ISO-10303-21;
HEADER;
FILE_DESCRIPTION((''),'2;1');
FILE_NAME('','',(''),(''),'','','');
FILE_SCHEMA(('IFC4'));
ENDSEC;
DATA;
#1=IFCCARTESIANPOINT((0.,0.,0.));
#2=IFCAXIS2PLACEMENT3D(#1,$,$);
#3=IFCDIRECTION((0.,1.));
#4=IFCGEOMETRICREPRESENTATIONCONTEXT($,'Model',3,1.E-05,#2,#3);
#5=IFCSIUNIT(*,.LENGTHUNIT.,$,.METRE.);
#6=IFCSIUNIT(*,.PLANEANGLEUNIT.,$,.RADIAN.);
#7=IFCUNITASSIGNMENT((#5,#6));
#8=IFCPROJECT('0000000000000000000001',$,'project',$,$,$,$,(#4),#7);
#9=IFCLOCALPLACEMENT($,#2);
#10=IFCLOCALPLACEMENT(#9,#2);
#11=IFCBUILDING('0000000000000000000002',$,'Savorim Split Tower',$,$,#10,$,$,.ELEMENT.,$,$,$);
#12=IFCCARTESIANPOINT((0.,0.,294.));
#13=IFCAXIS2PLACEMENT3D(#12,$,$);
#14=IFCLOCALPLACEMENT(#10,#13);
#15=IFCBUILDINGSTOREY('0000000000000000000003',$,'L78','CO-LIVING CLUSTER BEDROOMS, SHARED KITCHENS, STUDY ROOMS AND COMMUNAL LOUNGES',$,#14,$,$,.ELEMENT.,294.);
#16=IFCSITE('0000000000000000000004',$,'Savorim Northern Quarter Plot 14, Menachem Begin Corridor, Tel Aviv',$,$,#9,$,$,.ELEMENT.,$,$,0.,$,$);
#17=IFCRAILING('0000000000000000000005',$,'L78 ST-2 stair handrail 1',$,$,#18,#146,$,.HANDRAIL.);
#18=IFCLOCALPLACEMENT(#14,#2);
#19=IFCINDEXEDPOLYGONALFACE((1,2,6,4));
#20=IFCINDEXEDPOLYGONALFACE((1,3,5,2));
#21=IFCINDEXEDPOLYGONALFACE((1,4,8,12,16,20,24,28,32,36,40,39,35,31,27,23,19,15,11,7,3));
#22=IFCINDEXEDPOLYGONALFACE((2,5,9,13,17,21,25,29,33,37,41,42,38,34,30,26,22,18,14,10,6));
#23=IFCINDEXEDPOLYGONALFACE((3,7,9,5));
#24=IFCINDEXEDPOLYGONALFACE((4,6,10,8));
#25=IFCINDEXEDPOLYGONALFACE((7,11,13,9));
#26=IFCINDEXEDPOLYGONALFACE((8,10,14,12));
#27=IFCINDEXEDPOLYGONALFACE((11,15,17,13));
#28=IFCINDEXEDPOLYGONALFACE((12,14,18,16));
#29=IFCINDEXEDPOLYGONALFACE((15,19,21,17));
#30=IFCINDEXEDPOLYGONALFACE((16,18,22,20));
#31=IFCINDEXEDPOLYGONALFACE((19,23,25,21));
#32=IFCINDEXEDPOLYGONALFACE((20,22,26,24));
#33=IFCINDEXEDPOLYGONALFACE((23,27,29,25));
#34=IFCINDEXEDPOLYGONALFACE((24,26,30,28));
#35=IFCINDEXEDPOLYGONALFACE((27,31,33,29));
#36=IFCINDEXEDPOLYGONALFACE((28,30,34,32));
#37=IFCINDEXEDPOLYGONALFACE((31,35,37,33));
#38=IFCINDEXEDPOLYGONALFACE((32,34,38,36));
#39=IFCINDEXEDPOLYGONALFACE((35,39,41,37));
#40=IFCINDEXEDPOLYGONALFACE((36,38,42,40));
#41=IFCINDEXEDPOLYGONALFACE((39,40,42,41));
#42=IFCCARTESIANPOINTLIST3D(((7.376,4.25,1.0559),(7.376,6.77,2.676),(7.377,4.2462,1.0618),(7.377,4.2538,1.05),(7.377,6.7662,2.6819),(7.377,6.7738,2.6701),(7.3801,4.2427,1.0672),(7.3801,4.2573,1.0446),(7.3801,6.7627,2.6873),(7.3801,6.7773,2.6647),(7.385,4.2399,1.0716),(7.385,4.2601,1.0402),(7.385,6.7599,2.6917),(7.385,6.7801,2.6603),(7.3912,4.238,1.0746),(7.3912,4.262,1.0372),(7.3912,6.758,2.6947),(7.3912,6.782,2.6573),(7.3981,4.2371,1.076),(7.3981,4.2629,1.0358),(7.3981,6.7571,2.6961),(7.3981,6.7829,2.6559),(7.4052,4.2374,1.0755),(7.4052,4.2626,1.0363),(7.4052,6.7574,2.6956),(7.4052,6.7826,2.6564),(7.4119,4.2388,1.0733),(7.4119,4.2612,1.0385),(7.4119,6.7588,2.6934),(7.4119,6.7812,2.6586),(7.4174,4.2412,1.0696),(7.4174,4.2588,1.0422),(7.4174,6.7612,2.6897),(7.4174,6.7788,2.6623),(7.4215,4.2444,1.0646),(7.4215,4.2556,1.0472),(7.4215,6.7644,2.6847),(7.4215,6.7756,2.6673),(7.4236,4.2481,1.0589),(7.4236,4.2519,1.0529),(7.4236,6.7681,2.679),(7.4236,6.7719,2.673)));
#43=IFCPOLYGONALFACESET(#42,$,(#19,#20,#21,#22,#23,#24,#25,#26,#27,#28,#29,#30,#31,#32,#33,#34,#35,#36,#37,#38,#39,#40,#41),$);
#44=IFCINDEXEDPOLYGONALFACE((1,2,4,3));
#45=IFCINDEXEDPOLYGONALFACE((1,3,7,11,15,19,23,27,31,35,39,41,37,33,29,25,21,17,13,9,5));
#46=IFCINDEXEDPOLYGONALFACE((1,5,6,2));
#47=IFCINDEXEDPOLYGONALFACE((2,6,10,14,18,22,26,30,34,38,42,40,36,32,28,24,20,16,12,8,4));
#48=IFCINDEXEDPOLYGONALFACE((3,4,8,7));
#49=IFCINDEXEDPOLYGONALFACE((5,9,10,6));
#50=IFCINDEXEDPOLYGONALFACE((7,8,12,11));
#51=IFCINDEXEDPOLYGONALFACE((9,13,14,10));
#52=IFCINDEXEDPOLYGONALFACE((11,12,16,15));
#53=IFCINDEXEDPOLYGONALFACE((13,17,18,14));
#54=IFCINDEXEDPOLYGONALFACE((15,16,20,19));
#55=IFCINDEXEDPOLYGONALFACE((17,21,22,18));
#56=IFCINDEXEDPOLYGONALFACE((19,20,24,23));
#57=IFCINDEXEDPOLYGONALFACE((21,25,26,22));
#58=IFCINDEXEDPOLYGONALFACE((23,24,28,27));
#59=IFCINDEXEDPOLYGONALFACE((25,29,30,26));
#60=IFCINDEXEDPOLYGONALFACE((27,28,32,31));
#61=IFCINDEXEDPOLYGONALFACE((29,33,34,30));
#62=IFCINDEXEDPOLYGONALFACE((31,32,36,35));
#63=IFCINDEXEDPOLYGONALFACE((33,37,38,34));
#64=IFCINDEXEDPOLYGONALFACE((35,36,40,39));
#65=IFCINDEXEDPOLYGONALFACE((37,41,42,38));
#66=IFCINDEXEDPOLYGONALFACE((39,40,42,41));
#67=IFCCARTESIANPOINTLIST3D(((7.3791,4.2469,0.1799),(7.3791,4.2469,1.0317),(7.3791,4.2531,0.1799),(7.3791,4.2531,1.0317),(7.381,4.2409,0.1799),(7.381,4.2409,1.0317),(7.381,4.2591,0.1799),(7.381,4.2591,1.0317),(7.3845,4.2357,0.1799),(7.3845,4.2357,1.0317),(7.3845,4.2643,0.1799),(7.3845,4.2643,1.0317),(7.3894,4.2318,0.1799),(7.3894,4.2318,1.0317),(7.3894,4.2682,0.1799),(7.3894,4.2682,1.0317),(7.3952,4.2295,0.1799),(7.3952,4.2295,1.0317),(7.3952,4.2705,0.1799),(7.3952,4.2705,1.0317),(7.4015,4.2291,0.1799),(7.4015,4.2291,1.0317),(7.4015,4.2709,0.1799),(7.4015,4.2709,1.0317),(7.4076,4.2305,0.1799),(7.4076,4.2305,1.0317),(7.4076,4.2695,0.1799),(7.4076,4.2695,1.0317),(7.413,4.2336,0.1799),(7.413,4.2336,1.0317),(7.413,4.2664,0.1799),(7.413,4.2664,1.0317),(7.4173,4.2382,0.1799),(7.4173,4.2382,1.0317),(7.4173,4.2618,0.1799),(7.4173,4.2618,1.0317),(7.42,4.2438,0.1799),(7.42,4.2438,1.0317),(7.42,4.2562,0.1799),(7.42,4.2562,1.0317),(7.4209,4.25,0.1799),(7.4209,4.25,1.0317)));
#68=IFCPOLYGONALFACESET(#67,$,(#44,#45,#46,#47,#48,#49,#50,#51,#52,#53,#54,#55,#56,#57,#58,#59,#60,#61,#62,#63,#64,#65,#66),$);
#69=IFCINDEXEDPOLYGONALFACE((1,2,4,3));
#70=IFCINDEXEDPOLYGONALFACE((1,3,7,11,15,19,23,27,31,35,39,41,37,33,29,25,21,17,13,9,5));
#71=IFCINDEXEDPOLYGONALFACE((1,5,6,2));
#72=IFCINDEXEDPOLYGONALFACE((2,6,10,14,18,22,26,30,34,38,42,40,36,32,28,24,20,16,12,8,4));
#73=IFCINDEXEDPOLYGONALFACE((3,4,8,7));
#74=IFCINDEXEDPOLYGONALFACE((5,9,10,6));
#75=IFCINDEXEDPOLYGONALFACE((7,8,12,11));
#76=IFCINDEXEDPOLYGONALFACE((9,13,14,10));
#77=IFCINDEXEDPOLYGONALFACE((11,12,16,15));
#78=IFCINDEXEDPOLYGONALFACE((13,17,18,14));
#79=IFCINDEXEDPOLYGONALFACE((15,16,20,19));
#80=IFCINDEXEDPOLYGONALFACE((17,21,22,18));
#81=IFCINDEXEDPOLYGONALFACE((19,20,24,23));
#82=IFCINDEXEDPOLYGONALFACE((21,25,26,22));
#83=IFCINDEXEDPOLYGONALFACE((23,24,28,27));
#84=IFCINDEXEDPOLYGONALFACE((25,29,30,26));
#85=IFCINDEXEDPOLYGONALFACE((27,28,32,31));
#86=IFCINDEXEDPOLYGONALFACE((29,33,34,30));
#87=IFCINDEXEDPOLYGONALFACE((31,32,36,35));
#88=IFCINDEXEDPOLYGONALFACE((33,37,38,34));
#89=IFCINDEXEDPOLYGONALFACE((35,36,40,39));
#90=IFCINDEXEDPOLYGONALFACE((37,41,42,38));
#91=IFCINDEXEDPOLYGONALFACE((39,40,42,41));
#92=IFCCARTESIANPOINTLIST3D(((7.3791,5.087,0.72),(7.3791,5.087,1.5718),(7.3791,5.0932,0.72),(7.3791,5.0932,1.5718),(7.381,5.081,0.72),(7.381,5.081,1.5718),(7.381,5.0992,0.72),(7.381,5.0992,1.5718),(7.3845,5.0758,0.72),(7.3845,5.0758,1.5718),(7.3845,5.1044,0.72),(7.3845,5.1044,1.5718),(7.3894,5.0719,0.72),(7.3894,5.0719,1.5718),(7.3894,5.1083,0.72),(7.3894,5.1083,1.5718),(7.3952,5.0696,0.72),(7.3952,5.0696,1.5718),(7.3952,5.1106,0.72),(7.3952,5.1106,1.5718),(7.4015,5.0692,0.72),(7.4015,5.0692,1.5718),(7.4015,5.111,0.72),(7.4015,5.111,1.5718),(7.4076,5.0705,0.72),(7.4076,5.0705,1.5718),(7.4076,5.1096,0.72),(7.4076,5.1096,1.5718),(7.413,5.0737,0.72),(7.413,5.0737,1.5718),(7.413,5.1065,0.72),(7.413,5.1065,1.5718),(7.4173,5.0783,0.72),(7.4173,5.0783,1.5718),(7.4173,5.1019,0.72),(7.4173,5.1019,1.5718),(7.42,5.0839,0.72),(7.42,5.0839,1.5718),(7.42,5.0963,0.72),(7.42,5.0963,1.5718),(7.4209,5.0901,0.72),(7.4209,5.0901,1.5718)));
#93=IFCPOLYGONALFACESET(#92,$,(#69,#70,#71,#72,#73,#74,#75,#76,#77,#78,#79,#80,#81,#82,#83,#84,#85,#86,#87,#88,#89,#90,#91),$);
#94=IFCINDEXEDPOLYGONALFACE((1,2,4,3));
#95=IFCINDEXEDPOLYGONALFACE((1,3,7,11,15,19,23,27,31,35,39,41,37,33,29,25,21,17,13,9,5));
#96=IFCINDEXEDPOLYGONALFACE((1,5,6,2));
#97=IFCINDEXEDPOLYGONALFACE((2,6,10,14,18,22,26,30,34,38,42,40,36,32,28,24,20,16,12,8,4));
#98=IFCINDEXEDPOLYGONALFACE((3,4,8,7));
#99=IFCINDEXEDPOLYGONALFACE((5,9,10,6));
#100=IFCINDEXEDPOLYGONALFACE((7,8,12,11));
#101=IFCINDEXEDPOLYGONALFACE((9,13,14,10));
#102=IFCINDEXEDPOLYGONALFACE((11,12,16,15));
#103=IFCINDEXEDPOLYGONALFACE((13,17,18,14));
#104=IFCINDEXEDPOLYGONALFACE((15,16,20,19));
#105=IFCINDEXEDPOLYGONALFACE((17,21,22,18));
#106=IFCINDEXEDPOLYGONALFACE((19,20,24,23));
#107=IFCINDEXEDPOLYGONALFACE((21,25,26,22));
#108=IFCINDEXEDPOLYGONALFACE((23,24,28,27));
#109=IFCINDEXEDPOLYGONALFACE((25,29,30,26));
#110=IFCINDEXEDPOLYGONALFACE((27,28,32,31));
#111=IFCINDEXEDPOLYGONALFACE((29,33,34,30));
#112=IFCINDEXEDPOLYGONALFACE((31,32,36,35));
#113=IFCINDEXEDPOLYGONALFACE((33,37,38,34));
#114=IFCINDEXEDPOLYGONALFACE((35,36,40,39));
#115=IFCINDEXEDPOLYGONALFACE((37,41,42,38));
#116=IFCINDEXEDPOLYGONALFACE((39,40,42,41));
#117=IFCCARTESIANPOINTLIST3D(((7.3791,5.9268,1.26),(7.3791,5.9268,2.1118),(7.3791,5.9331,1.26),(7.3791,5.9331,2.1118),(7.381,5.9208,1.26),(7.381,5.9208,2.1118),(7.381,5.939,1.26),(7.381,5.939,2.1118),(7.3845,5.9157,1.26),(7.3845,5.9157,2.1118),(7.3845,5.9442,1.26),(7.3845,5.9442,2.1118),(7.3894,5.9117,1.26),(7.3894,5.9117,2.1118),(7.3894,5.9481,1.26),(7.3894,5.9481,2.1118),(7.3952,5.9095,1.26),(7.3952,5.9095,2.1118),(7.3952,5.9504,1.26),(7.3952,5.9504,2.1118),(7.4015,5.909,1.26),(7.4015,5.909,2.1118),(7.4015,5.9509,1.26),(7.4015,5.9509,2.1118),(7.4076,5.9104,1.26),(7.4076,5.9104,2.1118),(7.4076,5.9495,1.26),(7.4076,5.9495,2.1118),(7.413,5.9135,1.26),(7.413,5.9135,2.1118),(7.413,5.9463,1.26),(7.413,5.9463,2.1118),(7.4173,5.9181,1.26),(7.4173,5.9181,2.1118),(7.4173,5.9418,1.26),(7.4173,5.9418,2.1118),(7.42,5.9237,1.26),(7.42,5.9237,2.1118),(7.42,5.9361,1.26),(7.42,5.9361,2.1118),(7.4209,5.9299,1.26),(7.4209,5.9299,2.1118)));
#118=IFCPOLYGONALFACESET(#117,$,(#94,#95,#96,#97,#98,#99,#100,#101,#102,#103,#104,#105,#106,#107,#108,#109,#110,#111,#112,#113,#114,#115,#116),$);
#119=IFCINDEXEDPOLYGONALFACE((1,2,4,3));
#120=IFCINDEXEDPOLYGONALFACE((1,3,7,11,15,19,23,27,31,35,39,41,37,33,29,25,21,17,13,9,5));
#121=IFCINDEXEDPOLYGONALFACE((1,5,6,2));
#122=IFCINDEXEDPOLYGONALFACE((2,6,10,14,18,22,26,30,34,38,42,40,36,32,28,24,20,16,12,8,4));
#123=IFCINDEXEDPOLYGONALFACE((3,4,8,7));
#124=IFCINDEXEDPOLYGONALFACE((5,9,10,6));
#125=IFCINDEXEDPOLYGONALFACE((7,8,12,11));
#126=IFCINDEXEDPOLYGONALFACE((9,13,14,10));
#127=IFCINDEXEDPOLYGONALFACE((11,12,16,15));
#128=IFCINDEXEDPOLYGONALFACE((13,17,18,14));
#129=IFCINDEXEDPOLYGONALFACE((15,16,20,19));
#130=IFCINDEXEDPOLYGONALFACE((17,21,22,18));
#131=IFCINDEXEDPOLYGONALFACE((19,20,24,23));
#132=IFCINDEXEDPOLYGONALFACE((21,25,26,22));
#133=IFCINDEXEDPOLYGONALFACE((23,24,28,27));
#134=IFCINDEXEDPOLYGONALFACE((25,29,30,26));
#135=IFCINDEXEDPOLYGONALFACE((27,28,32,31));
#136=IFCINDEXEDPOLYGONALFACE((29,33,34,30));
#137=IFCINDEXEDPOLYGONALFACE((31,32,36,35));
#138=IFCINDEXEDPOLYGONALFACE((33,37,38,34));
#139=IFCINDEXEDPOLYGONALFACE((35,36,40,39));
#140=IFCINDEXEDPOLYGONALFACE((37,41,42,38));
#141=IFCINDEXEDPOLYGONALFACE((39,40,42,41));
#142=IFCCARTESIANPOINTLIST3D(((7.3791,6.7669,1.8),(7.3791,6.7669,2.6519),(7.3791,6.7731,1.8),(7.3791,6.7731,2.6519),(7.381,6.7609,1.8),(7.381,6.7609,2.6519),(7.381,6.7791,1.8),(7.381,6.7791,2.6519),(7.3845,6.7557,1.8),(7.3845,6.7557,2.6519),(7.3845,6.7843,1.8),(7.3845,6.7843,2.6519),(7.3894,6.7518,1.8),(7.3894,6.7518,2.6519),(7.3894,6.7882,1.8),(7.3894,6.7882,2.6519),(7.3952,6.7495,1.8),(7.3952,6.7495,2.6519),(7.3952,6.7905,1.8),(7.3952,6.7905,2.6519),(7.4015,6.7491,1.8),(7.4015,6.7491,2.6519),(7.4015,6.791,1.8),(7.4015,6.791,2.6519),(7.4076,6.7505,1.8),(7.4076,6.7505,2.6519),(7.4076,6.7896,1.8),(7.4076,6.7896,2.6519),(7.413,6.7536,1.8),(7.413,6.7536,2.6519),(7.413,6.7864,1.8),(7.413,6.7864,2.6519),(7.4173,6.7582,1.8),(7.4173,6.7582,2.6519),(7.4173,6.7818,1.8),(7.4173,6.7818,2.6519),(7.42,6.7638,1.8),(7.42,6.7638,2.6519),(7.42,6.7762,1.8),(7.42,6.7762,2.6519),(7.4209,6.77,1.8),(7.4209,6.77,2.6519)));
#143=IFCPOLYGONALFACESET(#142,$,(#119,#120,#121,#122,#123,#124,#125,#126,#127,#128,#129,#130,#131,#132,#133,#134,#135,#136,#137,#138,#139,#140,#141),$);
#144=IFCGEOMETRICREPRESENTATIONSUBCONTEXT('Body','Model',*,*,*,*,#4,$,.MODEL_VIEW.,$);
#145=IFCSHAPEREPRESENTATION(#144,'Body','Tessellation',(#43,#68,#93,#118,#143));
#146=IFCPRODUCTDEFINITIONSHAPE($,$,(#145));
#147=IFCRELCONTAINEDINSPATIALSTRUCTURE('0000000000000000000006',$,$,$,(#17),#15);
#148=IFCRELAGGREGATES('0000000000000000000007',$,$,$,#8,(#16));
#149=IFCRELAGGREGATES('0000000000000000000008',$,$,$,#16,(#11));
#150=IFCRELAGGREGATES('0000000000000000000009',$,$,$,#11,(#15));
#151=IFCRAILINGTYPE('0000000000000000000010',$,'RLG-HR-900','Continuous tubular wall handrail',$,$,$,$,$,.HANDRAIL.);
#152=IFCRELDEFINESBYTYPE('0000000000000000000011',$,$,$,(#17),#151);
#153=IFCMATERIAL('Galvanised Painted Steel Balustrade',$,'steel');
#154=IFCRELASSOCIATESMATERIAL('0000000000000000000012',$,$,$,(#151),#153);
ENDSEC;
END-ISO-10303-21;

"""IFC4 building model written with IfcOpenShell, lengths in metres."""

from ifc_helpers import new_model, si_unit, direction, frame, origin, origin_2d, place, context, subcontext, project, spatial, circle, extrude, material, type_object, element, save


model = new_model("IFC4")

# Units and contexts
model_context = context("Model", 3, precision=1e-05, world=origin(), true_north=direction((0.0, 1.0)))
body_context = subcontext(model_context, "Body", "Model", "MODEL_VIEW")
ifc_project = project(units=[si_unit("LENGTHUNIT", "METRE"), si_unit("PLANEANGLEUNIT", "RADIAN")], contexts=[model_context])

# Site, building, storey
site_placement = place(None, origin())
site = spatial("IfcSite", under=ifc_project, at=site_placement, Name="Savorim Northern Quarter Plot 14, Menachem Begin Corridor, Tel Aviv", CompositionType="ELEMENT", RefElevation=0.0)
building_placement = place(site_placement, origin())
building = spatial("IfcBuilding", under=site, at=building_placement, Name="Savorim Split Tower", CompositionType="ELEMENT")
storey_placement = place(building_placement, frame((0.0, 0.0, 294.0)))
storey = spatial("IfcBuildingStorey", under=building, at=storey_placement, Name="L78", Description="CO-LIVING CLUSTER BEDROOMS, SHARED KITCHENS, STUDY ROOMS AND COMMUNAL LOUNGES", CompositionType="ELEMENT", Elevation=294.0)

# Railing
ifc_material_1 = material(Name="Galvanised Painted Steel Balustrade", Category="steel")
railing_type_1 = type_object("IfcRailingType", Name="RLG-HR-900", Description="Continuous tubular wall handrail", PredefinedType="HANDRAIL", material=ifc_material_1)
railing_1_placement = place(storey_placement, frame((7.3999, 4.25, 0.1799)))
element("IfcRailing", 1, at=railing_1_placement, inside=storey, type_object=railing_type_1, Name="L78 ST-2 stair handrail 1", PredefinedType="HANDRAIL", context=body_context, shape_type="SweptSolid", body=[
    extrude(circle(Radius=0.0239, at=origin_2d()), frame((0.0, 0.0, 0.876), z_axis=(0.0, 0.841163, 0.540782), x_axis=(-1.0, 0.0, 0.0)), (0.0, 0.0, 1.0), 2.9958),
    extrude(circle(Radius=0.021, at=origin_2d()), origin(), (0.0, 0.0, 1.0), 0.8518),
    extrude(circle(Radius=0.021, at=origin_2d()), frame((0.0, 0.8401, 0.54)), (0.0, 0.0, 1.0), 0.8518),
    extrude(circle(Radius=0.021, at=origin_2d()), frame((0.0, 1.6799, 1.0801)), (0.0, 0.0, 1.0), 0.8518),
    extrude(circle(Radius=0.021, at=origin_2d()), frame((0.0, 2.52, 1.6201)), (0.0, 0.0, 1.0), 0.8518),
])

save(model, "model.ifc")
